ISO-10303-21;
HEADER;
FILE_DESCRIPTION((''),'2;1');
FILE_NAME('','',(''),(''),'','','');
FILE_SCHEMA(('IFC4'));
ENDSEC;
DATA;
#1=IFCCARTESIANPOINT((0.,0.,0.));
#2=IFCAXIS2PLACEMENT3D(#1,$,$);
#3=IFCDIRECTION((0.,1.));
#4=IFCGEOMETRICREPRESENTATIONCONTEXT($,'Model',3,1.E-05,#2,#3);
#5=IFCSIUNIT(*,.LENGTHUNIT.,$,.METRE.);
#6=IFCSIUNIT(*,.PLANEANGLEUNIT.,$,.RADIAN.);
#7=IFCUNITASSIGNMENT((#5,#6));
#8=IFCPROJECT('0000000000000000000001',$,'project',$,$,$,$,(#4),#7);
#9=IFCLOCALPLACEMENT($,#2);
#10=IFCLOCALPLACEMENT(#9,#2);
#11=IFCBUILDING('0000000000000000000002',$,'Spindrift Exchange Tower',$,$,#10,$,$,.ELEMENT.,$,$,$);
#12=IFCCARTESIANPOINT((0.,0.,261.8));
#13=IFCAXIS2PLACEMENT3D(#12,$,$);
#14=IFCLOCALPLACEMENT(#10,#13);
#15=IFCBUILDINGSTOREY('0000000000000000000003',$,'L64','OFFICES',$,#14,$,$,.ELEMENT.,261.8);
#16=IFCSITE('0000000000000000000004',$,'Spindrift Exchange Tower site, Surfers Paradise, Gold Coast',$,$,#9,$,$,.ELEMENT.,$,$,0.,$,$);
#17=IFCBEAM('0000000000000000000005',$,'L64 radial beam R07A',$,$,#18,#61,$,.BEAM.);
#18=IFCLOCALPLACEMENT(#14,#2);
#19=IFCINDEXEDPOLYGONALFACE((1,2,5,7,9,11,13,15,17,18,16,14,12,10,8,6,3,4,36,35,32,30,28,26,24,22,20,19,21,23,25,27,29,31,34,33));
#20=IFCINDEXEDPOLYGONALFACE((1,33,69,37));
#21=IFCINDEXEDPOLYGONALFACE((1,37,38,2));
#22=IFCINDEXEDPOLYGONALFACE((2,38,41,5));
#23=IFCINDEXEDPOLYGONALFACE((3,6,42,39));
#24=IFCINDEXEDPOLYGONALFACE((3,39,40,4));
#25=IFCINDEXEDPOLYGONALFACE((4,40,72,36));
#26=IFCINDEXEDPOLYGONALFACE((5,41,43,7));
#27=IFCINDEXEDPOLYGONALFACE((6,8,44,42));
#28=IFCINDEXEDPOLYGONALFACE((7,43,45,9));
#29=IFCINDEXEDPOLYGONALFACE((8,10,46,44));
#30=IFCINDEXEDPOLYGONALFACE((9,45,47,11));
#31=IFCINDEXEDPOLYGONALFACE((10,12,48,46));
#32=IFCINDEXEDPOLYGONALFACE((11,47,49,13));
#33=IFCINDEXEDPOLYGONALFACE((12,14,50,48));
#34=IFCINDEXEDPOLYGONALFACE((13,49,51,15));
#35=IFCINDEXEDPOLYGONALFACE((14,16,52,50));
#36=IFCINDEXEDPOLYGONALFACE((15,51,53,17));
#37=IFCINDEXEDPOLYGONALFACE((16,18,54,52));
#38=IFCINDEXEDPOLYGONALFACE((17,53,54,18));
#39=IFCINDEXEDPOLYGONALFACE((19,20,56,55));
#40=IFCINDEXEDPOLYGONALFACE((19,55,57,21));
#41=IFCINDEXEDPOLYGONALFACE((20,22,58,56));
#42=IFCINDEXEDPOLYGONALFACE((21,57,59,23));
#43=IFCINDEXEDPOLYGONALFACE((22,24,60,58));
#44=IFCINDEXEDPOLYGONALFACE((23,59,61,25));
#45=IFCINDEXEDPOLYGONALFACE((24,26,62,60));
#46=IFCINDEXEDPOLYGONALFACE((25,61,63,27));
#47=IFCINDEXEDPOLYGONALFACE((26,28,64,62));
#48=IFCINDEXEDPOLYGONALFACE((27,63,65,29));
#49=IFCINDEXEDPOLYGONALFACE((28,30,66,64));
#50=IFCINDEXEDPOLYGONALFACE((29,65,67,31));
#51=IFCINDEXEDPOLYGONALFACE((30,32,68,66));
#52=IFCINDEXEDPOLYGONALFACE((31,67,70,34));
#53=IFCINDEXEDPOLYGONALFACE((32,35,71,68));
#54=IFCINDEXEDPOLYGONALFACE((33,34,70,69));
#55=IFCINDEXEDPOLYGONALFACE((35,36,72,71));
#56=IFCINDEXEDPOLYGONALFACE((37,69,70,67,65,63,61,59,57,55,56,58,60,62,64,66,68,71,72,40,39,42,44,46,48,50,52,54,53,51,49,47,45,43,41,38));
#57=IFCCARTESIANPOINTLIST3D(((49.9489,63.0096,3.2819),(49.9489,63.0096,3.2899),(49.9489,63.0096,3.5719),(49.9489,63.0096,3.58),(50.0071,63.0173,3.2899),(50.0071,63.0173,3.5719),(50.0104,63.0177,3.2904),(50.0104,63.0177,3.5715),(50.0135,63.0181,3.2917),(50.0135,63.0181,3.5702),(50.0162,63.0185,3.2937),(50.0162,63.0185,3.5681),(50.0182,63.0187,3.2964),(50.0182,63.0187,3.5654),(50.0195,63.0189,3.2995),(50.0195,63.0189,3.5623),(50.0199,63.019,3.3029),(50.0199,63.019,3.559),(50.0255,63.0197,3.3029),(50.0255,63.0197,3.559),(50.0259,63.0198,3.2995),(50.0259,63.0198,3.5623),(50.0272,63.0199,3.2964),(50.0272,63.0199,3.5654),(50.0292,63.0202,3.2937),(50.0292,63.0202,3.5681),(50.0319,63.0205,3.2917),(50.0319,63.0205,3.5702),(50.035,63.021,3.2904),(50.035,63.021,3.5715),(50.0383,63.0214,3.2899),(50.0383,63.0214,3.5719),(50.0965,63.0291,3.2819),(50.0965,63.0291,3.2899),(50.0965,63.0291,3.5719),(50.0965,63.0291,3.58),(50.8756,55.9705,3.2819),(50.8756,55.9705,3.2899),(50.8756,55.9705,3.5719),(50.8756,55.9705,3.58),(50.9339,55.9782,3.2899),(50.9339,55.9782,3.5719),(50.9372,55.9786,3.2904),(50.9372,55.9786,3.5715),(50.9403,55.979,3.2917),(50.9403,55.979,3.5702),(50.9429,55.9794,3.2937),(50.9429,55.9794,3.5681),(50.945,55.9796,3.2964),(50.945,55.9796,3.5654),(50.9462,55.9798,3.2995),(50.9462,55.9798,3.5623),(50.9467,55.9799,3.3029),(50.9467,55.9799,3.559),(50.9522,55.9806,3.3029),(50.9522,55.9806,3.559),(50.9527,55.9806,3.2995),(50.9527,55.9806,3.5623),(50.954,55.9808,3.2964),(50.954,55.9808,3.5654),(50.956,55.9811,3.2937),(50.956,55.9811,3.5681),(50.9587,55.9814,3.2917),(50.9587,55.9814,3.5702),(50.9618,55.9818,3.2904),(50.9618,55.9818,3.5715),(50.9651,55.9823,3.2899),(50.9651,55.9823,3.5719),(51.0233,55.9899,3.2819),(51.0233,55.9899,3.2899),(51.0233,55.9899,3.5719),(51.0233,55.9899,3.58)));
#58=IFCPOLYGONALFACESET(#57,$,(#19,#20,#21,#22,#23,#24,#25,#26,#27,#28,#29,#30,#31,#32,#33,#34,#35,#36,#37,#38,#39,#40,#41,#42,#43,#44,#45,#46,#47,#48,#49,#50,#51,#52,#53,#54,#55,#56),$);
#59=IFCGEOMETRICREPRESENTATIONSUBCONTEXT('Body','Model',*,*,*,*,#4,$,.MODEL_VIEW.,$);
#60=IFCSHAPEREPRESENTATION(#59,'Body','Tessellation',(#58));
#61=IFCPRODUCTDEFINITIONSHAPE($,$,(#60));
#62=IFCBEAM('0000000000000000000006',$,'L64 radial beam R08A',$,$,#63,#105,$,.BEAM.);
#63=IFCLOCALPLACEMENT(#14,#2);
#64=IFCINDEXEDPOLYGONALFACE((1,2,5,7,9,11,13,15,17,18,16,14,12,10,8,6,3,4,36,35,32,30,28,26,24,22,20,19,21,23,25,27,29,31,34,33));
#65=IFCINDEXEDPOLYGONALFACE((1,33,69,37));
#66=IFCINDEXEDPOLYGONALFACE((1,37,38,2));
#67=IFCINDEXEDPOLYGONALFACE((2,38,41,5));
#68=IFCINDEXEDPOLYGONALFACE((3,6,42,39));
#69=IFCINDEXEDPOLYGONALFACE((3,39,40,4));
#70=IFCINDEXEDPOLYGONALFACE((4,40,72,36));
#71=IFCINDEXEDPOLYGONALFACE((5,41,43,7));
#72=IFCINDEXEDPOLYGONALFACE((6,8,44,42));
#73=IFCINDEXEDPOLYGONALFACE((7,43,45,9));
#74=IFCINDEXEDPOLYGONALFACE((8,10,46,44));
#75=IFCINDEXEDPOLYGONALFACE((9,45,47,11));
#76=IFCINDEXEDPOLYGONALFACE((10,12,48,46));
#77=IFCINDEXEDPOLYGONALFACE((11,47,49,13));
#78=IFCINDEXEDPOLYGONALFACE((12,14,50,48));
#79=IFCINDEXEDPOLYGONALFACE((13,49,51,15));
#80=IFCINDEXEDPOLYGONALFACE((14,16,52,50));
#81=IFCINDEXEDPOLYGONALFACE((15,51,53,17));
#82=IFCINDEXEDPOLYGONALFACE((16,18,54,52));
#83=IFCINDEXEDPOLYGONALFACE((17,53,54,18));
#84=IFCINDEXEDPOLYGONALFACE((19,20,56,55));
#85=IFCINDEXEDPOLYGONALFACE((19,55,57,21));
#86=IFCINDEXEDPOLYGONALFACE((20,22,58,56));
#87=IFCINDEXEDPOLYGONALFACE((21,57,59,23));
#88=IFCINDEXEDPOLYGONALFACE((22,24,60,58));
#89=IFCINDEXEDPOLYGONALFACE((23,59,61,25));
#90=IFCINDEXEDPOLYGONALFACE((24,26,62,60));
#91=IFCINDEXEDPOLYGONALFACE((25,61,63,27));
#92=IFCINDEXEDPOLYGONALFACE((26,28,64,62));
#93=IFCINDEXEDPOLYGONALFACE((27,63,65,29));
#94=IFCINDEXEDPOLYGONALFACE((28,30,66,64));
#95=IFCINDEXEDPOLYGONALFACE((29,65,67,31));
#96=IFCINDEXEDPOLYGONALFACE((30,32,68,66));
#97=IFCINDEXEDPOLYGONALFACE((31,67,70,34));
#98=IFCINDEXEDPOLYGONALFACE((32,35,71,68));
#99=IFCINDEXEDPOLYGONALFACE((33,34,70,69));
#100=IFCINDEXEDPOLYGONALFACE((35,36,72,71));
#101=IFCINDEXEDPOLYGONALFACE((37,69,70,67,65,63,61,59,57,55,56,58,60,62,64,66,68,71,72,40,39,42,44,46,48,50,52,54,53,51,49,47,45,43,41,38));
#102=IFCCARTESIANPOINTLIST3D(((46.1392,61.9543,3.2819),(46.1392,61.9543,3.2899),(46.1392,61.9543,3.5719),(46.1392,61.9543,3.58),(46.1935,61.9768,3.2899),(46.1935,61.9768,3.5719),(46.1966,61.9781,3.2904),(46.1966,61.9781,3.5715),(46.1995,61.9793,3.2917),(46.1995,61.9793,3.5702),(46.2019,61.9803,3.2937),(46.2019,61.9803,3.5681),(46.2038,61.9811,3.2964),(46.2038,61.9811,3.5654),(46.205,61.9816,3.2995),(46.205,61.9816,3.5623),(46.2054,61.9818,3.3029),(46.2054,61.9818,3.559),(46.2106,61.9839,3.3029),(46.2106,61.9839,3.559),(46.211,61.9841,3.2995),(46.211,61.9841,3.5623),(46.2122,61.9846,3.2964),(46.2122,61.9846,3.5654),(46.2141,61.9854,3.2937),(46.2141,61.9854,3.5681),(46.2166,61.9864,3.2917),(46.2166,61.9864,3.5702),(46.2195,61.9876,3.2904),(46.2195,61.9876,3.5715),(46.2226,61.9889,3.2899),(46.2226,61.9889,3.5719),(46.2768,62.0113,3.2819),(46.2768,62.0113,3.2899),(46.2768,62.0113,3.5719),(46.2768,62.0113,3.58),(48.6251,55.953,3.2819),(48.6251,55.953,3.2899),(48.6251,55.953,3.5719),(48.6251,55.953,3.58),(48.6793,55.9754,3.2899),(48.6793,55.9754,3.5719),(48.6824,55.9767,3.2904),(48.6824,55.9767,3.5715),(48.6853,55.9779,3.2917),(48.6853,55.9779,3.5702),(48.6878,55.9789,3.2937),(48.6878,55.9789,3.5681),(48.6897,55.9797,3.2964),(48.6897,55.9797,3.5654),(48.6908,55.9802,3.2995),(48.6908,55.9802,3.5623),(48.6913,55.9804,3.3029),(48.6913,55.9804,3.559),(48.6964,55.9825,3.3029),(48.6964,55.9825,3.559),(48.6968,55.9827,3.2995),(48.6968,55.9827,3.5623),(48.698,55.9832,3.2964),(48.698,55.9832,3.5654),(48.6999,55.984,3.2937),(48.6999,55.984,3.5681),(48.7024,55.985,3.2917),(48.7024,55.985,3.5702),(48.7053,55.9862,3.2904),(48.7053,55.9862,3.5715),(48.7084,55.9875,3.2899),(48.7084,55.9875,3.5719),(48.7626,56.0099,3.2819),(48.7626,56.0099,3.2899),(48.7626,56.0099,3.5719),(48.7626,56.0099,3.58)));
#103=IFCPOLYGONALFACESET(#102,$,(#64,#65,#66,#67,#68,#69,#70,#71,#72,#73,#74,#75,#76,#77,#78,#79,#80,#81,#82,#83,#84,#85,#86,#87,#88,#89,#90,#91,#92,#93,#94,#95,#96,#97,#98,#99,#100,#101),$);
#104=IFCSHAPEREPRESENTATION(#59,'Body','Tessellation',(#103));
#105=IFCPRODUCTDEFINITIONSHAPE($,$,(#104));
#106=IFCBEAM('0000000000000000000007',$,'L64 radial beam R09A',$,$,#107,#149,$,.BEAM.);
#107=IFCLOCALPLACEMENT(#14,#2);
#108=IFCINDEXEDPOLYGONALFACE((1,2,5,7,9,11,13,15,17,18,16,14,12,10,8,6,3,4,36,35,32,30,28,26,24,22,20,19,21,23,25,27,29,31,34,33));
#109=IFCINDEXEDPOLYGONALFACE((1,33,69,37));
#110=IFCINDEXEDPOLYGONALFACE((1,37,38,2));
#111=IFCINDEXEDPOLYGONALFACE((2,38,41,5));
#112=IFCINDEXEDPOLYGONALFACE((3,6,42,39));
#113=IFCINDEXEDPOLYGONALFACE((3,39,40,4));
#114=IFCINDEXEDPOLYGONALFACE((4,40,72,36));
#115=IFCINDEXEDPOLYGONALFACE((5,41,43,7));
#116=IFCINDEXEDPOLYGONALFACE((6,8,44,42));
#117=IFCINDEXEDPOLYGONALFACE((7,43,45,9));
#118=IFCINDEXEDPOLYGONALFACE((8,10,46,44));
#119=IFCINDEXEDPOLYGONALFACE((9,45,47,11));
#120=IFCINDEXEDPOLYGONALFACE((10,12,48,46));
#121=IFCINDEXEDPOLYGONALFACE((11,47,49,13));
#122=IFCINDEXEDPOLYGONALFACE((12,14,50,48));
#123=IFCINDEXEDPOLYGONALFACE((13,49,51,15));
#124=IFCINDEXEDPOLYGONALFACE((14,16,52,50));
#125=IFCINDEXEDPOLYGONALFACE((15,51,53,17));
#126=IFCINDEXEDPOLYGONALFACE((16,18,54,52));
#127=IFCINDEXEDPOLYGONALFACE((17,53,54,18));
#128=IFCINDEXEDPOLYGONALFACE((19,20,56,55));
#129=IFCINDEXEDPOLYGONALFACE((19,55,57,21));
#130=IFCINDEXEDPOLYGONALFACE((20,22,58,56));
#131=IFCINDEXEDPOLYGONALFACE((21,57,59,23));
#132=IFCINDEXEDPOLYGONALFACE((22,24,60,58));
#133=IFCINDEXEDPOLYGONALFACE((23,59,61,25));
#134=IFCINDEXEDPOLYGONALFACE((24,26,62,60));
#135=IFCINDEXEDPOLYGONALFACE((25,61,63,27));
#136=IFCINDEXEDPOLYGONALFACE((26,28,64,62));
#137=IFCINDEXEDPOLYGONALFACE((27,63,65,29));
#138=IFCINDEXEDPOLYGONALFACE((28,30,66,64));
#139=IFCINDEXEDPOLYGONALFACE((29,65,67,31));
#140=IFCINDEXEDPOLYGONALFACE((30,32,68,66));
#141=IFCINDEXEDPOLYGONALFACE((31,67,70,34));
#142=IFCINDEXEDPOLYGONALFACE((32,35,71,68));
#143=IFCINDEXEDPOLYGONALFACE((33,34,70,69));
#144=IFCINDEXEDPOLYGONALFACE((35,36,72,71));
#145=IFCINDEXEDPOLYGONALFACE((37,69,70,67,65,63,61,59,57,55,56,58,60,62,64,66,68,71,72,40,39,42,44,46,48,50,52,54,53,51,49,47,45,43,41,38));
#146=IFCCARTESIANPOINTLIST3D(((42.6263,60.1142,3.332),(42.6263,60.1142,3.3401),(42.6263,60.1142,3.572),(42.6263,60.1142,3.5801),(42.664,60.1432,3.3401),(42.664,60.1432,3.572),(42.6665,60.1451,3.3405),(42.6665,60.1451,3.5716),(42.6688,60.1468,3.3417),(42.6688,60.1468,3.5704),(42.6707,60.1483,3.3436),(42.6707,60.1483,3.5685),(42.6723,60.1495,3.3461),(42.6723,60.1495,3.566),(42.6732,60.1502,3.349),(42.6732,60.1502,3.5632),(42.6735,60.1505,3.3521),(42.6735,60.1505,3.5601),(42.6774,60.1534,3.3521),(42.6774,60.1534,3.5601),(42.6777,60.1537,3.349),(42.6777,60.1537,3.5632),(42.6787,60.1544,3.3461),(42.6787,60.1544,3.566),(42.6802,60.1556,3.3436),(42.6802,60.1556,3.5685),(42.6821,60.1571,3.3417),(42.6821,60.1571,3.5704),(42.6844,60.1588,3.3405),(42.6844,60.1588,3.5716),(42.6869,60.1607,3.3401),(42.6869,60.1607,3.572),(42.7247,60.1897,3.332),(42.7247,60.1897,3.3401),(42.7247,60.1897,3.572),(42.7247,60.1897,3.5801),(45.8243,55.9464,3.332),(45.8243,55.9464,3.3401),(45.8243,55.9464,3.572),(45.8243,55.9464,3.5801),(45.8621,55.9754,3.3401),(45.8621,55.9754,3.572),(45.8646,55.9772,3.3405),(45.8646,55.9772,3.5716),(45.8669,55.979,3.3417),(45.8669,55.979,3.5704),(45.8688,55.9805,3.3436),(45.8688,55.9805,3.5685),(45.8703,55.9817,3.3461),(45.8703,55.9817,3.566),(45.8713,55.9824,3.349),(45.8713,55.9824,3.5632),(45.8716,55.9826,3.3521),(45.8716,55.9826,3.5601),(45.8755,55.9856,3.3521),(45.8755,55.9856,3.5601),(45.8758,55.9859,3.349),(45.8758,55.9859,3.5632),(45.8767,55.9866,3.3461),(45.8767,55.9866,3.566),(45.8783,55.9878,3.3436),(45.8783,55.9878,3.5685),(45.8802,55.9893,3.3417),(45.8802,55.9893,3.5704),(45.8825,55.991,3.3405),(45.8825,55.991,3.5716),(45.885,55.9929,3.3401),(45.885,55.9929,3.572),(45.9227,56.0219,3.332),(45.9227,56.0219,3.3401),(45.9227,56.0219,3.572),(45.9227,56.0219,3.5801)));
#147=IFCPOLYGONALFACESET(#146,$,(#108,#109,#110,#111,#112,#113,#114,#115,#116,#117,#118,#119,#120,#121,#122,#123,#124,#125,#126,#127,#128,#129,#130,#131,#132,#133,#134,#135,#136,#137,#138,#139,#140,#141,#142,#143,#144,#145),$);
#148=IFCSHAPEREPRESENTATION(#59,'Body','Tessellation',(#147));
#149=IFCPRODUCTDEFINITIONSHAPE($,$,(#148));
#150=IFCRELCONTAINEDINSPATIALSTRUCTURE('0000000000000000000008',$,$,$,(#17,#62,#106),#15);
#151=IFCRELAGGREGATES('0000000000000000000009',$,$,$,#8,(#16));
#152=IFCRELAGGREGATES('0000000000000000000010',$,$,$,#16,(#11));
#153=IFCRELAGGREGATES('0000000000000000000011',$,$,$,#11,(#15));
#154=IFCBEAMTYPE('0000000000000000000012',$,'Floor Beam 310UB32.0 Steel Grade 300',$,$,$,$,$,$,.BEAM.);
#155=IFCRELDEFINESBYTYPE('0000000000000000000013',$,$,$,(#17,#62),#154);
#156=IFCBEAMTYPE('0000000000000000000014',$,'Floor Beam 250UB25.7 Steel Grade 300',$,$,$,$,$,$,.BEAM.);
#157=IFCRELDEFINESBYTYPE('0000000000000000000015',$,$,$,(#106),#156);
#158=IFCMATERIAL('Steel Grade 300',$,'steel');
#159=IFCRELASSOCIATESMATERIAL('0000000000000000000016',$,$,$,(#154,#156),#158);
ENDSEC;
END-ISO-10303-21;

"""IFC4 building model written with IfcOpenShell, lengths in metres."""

from ifc_helpers import new_model, si_unit, direction, frame, origin, origin_2d, place, context, subcontext, project, spatial, i_section, extrude, source, transform, mapped, material, material_profile, profile_set, type_object, element, save


model = new_model("IFC4")

# Units and contexts
model_context = context("Model", 3, precision=1e-05, world=origin(), true_north=direction((0.0, 1.0)))
body_context = subcontext(model_context, "Body", "Model", "MODEL_VIEW")
ifc_project = project(units=[si_unit("LENGTHUNIT", "METRE"), si_unit("PLANEANGLEUNIT", "RADIAN")], contexts=[model_context])

# Site, building, storey
site_placement = place(None, origin())
site = spatial("IfcSite", under=ifc_project, at=site_placement, Name="Spindrift Exchange Tower site, Surfers Paradise, Gold Coast", CompositionType="ELEMENT", RefElevation=0.0)
building_placement = place(site_placement, origin())
building = spatial("IfcBuilding", under=site, at=building_placement, Name="Spindrift Exchange Tower", CompositionType="ELEMENT")
storey_placement = place(building_placement, frame((0.0, 0.0, 261.8)))
storey = spatial("IfcBuildingStorey", under=building, at=storey_placement, Name="L64", Description="OFFICES", CompositionType="ELEMENT", Elevation=261.8)

# Beams
ifc_material_1 = material(Name="Steel Grade 300", Category="steel")
ifc_material_profile_1 = material_profile(ifc_material_1, i_section(OverallWidth=0.1489, OverallDepth=0.2981, WebThickness=0.0056, FlangeThickness=0.0081, FilletRadius=0.0129, at=origin_2d()), Name="310UB32.0")
ifc_profile_set_1 = profile_set([ifc_material_profile_1], Name="Steel Grade 300")
beam_type_1 = type_object("IfcBeamType", Name="Floor Beam 310UB32.0 Steel Grade 300", PredefinedType="BEAM", material=ifc_profile_set_1)
shared_shape_1 = source(origin(), body_context, "Body", "SweptSolid", [
    extrude(i_section(OverallWidth=0.1489, OverallDepth=0.2981, WebThickness=0.0056, FlangeThickness=0.0081, FilletRadius=0.0129, at=origin_2d()), origin(), (0.0, 0.0, 1.0), 7.0999),
])
beam_1_placement = place(storey_placement, frame((50.9495, 55.9802, 3.4309), z_axis=(-0.130533, 0.991444, 0.0), x_axis=(-0.991444, -0.130533, 0.0)))
element("IfcBeam", 1, at=beam_1_placement, inside=storey, type_object=beam_type_1, Name="L64 radial beam R07A", PredefinedType="BEAM", context=body_context, shape_type="MappedRepresentation", body=[
    mapped(shared_shape_1, transform((0.0, 0.0, 0.0), scale=1.0)),
])
shared_shape_2 = source(origin(), body_context, "Body", "SweptSolid", [
    extrude(i_section(OverallWidth=0.1489, OverallDepth=0.2981, WebThickness=0.0056, FlangeThickness=0.0081, FilletRadius=0.0129, at=origin_2d()), origin(), (0.0, 0.0, 1.0), 6.4958),
])
beam_2_placement = place(storey_placement, frame((48.6938, 55.9814, 3.4309), z_axis=(-0.382677, 0.923882, 0.0), x_axis=(-0.923882, -0.382677, 0.0)))
element("IfcBeam", 2, at=beam_2_placement, inside=storey, type_object=beam_type_1, Name="L64 radial beam R08A", PredefinedType="BEAM", context=body_context, shape_type="MappedRepresentation", body=[
    mapped(shared_shape_2, transform((0.0, 0.0, 0.0), scale=1.0)),
])
ifc_material_profile_2 = material_profile(ifc_material_1, i_section(OverallWidth=0.124, OverallDepth=0.248, WebThickness=0.0049, FlangeThickness=0.0081, FilletRadius=0.012, at=origin_2d()), Name="250UB25.7")
ifc_profile_set_2 = profile_set([ifc_material_profile_2], Name="Steel Grade 300")
beam_type_2 = type_object("IfcBeamType", Name="Floor Beam 250UB25.7 Steel Grade 300", PredefinedType="BEAM", material=ifc_profile_set_2)
shared_shape_3 = source(origin(), body_context, "Body", "SweptSolid", [
    extrude(i_section(OverallWidth=0.124, OverallDepth=0.248, WebThickness=0.0049, FlangeThickness=0.0081, FilletRadius=0.012, at=origin_2d()), origin(), (0.0, 0.0, 1.0), 5.2534),
])
beam_3_placement = place(storey_placement, frame((45.8735, 55.9841, 3.4561), z_axis=(-0.60876, 0.793354, 0.0), x_axis=(-0.793354, -0.60876, 0.0)))
element("IfcBeam", 3, at=beam_3_placement, inside=storey, type_object=beam_type_2, Name="L64 radial beam R09A", PredefinedType="BEAM", context=body_context, shape_type="MappedRepresentation", body=[
    mapped(shared_shape_3, transform((0.0, 0.0, 0.0), scale=1.0)),
])

save(model, "model.ifc")
